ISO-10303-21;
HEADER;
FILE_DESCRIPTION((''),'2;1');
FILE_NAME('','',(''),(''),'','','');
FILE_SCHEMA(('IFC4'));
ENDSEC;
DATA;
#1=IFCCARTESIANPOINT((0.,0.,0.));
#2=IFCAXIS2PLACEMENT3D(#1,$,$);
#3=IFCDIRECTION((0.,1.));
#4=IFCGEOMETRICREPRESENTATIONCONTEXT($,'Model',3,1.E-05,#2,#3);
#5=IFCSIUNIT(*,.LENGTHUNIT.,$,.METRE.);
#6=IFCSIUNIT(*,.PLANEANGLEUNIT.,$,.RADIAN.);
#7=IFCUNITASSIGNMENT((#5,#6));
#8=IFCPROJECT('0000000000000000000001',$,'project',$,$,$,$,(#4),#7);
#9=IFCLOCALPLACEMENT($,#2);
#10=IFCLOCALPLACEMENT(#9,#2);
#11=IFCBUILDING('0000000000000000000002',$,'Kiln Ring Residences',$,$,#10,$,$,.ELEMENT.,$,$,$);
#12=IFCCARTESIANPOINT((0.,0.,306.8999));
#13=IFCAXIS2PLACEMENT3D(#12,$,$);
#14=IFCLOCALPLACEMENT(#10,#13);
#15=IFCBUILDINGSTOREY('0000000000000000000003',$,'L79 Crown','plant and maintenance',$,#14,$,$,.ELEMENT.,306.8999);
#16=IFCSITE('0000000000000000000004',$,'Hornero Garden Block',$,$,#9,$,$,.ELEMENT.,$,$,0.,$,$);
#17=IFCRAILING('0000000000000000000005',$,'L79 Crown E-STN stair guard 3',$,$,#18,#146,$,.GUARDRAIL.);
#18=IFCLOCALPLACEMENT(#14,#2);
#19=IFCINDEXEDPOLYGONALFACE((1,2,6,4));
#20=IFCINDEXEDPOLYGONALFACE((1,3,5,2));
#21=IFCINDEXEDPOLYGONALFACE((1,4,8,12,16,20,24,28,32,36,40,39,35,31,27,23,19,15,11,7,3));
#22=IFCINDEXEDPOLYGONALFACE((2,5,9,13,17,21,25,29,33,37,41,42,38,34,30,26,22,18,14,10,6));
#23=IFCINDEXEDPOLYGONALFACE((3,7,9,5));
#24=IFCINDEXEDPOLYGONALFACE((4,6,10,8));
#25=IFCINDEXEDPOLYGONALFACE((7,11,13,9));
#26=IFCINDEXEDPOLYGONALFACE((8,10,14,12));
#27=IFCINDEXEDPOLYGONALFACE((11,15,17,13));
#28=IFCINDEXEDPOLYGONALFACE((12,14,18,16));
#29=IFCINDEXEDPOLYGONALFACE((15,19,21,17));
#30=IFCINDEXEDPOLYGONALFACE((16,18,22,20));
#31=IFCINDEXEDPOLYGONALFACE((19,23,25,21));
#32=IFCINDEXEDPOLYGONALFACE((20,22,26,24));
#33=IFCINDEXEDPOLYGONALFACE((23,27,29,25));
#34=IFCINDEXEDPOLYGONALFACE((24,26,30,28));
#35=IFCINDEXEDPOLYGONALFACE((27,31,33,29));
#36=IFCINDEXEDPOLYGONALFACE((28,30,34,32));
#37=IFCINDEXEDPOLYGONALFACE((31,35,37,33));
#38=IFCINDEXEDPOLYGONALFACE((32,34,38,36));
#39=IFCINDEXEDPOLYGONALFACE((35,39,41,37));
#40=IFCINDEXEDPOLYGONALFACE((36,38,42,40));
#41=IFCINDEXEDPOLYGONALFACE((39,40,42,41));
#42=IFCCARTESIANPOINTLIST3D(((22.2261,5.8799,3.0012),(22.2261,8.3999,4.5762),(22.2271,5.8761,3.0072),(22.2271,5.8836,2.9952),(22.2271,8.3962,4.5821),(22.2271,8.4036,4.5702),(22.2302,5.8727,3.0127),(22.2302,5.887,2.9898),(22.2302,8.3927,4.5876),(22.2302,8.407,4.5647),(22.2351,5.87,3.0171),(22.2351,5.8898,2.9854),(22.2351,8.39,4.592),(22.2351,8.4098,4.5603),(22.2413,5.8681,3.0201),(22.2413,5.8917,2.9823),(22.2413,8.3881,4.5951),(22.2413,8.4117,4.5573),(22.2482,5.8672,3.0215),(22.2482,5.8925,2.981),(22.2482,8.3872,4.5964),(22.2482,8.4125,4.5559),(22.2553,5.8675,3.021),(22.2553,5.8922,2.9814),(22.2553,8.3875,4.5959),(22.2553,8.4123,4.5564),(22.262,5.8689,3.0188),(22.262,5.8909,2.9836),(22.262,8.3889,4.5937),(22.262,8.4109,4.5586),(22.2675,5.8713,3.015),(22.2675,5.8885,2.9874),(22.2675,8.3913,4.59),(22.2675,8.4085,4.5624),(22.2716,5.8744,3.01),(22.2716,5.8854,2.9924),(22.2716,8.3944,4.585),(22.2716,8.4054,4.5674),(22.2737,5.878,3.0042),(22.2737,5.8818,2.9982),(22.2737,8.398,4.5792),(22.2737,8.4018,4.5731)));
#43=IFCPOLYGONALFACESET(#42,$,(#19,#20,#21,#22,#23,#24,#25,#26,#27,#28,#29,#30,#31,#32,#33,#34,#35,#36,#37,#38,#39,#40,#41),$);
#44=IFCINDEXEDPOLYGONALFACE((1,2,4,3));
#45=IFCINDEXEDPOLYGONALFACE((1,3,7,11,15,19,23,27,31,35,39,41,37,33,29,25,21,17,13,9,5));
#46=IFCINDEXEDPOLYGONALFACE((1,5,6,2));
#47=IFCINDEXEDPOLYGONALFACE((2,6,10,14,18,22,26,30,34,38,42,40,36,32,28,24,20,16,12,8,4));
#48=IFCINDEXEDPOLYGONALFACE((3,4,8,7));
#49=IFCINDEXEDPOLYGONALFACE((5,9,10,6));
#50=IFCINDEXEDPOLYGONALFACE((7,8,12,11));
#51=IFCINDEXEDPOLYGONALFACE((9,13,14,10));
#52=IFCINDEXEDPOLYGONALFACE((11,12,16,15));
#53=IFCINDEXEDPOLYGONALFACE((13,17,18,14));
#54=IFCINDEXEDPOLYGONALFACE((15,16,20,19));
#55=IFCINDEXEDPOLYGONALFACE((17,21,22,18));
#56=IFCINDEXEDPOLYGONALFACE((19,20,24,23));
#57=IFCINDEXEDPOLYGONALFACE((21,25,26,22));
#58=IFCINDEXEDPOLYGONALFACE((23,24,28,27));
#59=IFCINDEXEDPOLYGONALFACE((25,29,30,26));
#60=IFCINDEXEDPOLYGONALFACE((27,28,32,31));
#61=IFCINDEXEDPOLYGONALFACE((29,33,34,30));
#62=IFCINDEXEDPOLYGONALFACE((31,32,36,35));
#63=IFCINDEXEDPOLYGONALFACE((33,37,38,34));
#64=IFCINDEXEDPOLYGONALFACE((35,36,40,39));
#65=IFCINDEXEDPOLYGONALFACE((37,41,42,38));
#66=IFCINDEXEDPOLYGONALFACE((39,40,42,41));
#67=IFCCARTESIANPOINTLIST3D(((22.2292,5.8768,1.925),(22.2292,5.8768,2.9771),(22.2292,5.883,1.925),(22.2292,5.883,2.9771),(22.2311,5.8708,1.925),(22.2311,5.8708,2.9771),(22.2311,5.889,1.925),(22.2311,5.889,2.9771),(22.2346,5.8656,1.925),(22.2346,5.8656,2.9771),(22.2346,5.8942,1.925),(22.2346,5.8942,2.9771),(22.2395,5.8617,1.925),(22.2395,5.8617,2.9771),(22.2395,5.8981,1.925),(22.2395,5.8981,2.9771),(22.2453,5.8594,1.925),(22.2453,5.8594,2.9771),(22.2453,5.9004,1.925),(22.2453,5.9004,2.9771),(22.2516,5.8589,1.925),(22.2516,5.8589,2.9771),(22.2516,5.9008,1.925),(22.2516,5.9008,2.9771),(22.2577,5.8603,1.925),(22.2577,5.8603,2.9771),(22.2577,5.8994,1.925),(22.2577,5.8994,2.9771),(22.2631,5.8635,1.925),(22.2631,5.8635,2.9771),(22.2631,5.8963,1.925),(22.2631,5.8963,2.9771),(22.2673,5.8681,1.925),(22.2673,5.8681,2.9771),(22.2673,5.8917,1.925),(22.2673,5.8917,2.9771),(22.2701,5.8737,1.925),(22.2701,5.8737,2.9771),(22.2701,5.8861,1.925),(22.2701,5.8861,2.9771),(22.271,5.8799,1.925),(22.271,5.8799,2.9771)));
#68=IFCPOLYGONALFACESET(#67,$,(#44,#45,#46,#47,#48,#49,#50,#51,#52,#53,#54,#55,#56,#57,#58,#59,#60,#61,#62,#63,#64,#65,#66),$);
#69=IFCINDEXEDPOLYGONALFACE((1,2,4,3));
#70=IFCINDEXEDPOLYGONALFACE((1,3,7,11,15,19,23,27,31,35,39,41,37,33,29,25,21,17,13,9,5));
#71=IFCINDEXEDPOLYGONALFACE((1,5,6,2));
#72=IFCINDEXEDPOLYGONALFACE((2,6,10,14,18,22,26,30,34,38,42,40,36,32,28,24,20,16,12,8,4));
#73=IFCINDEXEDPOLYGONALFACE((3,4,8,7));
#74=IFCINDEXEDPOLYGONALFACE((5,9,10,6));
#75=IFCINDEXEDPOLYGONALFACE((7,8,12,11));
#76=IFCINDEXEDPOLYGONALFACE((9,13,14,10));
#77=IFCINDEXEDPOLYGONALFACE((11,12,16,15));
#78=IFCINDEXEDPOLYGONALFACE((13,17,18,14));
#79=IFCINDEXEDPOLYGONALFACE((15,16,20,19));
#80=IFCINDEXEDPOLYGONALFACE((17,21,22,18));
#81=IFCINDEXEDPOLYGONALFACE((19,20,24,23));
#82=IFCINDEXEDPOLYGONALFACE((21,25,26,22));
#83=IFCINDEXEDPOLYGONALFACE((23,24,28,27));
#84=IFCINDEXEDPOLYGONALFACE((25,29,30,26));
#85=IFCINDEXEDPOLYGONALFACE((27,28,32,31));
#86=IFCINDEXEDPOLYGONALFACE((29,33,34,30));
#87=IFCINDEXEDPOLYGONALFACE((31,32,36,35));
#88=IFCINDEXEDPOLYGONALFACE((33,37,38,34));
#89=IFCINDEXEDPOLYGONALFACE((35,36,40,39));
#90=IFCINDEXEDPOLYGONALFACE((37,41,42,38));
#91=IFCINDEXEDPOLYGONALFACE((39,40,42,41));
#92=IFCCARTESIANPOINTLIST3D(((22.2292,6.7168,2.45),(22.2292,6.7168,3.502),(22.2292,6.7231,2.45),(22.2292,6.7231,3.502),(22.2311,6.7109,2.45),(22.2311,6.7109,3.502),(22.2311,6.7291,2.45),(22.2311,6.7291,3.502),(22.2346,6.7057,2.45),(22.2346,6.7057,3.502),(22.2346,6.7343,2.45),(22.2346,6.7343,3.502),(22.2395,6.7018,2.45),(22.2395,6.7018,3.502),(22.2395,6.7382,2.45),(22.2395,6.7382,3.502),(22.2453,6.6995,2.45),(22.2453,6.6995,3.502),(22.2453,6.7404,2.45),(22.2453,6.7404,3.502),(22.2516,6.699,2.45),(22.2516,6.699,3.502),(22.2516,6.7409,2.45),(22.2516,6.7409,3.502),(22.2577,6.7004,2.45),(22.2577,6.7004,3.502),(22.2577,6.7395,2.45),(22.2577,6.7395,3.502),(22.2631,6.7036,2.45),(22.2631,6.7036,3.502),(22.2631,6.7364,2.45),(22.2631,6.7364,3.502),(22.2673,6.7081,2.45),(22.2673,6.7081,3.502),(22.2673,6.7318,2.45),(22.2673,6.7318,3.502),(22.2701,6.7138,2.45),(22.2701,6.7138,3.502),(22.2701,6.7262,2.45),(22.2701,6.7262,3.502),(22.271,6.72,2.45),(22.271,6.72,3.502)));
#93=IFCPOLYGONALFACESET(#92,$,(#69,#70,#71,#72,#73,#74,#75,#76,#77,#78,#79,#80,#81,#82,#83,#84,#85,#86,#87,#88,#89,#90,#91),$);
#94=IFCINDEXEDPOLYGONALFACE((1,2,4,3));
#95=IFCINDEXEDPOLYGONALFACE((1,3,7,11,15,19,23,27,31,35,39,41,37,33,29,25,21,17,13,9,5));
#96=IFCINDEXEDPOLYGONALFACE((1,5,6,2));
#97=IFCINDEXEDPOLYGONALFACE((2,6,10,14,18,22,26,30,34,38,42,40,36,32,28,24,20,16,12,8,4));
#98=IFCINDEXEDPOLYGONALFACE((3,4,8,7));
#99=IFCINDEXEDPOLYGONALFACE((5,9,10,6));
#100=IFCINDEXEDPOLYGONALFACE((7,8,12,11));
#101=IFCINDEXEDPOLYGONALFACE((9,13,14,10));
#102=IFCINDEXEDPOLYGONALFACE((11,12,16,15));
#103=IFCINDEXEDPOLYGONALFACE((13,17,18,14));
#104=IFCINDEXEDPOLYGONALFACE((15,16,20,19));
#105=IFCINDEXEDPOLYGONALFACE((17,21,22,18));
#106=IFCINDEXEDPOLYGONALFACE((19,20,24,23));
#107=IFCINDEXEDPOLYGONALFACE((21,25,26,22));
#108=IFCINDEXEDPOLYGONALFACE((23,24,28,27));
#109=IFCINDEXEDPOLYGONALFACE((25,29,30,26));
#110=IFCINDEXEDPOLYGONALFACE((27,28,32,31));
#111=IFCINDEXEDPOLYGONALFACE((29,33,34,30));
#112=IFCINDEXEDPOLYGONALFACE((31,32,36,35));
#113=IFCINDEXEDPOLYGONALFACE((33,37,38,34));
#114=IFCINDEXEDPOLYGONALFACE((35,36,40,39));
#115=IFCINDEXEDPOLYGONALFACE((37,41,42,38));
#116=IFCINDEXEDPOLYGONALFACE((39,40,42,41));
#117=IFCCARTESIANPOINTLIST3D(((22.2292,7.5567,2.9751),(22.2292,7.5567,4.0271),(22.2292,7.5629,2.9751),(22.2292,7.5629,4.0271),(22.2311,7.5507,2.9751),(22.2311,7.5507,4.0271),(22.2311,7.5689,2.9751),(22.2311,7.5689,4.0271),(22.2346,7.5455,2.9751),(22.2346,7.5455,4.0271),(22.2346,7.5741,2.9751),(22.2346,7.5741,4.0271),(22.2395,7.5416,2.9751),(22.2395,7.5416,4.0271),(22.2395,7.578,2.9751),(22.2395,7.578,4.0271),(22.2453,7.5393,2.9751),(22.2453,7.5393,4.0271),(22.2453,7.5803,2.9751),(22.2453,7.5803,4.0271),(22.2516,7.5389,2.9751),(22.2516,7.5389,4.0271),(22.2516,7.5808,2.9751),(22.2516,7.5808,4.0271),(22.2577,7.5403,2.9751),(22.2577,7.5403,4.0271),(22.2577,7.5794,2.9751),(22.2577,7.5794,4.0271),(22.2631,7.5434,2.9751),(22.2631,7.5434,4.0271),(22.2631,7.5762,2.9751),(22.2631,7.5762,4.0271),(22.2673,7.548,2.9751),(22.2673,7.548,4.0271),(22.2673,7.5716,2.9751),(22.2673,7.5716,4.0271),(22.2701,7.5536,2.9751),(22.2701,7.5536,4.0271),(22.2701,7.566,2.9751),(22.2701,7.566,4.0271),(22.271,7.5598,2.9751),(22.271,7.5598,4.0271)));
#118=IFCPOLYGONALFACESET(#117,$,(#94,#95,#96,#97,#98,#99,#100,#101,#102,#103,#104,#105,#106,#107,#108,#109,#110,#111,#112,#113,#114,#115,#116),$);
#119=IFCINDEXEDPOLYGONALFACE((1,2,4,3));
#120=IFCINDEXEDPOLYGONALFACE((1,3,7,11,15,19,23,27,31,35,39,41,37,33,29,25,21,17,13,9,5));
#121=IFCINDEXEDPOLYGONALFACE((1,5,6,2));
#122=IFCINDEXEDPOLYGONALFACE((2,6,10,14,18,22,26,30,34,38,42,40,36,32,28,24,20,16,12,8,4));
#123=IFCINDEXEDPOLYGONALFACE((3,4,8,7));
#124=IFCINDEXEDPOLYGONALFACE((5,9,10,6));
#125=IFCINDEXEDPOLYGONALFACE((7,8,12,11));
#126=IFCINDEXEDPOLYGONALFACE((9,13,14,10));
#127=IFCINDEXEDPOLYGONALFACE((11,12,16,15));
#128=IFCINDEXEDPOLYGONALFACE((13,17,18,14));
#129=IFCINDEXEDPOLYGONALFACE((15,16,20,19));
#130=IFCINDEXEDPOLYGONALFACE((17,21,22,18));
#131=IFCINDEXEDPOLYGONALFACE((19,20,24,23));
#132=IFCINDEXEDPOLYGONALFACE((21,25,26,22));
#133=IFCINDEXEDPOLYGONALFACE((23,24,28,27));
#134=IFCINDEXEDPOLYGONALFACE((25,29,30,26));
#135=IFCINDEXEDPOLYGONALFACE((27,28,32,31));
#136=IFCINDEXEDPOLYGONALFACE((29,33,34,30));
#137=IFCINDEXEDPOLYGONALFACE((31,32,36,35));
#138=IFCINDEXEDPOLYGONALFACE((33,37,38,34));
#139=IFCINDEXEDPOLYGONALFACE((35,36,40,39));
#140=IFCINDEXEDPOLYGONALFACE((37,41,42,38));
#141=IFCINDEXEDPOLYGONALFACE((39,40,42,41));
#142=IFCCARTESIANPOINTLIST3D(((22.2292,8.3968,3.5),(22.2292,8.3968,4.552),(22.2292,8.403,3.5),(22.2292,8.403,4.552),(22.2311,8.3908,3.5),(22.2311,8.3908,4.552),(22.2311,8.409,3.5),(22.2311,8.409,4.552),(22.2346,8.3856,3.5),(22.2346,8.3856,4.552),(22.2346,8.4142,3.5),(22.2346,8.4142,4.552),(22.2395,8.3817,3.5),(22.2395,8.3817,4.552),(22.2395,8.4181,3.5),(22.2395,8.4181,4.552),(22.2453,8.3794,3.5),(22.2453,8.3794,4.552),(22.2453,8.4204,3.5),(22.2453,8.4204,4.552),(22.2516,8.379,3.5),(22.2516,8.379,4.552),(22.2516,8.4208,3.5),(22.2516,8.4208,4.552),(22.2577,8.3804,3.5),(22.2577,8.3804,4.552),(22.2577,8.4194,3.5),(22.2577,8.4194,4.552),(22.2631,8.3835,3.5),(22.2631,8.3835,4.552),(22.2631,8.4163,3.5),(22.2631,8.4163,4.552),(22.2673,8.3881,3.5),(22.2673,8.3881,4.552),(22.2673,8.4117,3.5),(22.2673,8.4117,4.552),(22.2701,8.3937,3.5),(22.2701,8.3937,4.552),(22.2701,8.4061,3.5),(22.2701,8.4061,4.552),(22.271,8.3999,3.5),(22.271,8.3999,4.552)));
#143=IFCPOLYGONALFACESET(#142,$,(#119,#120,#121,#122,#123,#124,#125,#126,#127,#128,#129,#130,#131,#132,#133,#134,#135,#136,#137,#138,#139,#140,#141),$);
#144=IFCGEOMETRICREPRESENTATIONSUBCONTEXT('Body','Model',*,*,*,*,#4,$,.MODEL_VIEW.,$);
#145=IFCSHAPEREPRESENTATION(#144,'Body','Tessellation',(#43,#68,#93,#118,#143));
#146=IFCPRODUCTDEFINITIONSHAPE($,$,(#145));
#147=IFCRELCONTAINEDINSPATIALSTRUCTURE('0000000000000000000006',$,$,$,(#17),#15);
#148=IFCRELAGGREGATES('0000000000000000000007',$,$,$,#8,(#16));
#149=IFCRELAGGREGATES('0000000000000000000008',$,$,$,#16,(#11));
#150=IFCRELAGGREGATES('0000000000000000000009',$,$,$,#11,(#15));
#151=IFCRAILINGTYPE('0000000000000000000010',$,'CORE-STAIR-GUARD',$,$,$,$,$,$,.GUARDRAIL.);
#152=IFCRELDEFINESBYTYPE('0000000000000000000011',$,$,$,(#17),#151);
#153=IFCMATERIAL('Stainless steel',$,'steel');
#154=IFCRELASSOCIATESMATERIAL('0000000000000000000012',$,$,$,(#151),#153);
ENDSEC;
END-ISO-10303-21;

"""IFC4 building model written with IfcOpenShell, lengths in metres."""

from ifc_helpers import new_model, si_unit, direction, frame, origin, origin_2d, place, context, subcontext, project, spatial, circle, extrude, material, type_object, element, save


model = new_model("IFC4")

# Units and contexts
model_context = context("Model", 3, precision=1e-05, world=origin(), true_north=direction((0.0, 1.0)))
body_context = subcontext(model_context, "Body", "Model", "MODEL_VIEW")
ifc_project = project(units=[si_unit("LENGTHUNIT", "METRE"), si_unit("PLANEANGLEUNIT", "RADIAN")], contexts=[model_context])

# Site, building, storey
site_placement = place(None, origin())
site = spatial("IfcSite", under=ifc_project, at=site_placement, Name="Hornero Garden Block", CompositionType="ELEMENT", RefElevation=0.0)
building_placement = place(site_placement, origin())
building = spatial("IfcBuilding", under=site, at=building_placement, Name="Kiln Ring Residences", CompositionType="ELEMENT")
storey_placement = place(building_placement, frame((0.0, 0.0, 306.8999)))
storey = spatial("IfcBuildingStorey", under=building, at=storey_placement, Name="L79 Crown", Description="plant and maintenance", CompositionType="ELEMENT", Elevation=306.8999)

# Railing
ifc_material_1 = material(Name="Stainless steel", Category="steel")
railing_type_1 = type_object("IfcRailingType", Name="CORE-STAIR-GUARD", PredefinedType="GUARDRAIL", material=ifc_material_1)
railing_1_placement = place(storey_placement, frame((22.25, 5.8799, 1.925)))
element("IfcRailing", 1, at=railing_1_placement, inside=storey, type_object=railing_type_1, Name="L79 Crown E-STN stair guard 3", PredefinedType="GUARDRAIL", context=body_context, shape_type="SweptSolid", body=[
    extrude(circle(Radius=0.0239, at=origin_2d()), frame((0.0, 0.0, 1.0762), z_axis=(0.0, 0.848008, 0.529984), x_axis=(-1.0, 0.0, 0.0)), (0.0, 0.0, 1.0), 2.9717),
    extrude(circle(Radius=0.021, at=origin_2d()), origin(), (0.0, 0.0, 1.0), 1.052),
    extrude(circle(Radius=0.021, at=origin_2d()), frame((0.0, 0.8401, 0.5249)), (0.0, 0.0, 1.0), 1.052),
    extrude(circle(Radius=0.021, at=origin_2d()), frame((0.0, 1.6799, 1.05)), (0.0, 0.0, 1.0), 1.052),
    extrude(circle(Radius=0.021, at=origin_2d()), frame((0.0, 2.52, 1.575)), (0.0, 0.0, 1.0), 1.052),
])

save(model, "model.ifc")
